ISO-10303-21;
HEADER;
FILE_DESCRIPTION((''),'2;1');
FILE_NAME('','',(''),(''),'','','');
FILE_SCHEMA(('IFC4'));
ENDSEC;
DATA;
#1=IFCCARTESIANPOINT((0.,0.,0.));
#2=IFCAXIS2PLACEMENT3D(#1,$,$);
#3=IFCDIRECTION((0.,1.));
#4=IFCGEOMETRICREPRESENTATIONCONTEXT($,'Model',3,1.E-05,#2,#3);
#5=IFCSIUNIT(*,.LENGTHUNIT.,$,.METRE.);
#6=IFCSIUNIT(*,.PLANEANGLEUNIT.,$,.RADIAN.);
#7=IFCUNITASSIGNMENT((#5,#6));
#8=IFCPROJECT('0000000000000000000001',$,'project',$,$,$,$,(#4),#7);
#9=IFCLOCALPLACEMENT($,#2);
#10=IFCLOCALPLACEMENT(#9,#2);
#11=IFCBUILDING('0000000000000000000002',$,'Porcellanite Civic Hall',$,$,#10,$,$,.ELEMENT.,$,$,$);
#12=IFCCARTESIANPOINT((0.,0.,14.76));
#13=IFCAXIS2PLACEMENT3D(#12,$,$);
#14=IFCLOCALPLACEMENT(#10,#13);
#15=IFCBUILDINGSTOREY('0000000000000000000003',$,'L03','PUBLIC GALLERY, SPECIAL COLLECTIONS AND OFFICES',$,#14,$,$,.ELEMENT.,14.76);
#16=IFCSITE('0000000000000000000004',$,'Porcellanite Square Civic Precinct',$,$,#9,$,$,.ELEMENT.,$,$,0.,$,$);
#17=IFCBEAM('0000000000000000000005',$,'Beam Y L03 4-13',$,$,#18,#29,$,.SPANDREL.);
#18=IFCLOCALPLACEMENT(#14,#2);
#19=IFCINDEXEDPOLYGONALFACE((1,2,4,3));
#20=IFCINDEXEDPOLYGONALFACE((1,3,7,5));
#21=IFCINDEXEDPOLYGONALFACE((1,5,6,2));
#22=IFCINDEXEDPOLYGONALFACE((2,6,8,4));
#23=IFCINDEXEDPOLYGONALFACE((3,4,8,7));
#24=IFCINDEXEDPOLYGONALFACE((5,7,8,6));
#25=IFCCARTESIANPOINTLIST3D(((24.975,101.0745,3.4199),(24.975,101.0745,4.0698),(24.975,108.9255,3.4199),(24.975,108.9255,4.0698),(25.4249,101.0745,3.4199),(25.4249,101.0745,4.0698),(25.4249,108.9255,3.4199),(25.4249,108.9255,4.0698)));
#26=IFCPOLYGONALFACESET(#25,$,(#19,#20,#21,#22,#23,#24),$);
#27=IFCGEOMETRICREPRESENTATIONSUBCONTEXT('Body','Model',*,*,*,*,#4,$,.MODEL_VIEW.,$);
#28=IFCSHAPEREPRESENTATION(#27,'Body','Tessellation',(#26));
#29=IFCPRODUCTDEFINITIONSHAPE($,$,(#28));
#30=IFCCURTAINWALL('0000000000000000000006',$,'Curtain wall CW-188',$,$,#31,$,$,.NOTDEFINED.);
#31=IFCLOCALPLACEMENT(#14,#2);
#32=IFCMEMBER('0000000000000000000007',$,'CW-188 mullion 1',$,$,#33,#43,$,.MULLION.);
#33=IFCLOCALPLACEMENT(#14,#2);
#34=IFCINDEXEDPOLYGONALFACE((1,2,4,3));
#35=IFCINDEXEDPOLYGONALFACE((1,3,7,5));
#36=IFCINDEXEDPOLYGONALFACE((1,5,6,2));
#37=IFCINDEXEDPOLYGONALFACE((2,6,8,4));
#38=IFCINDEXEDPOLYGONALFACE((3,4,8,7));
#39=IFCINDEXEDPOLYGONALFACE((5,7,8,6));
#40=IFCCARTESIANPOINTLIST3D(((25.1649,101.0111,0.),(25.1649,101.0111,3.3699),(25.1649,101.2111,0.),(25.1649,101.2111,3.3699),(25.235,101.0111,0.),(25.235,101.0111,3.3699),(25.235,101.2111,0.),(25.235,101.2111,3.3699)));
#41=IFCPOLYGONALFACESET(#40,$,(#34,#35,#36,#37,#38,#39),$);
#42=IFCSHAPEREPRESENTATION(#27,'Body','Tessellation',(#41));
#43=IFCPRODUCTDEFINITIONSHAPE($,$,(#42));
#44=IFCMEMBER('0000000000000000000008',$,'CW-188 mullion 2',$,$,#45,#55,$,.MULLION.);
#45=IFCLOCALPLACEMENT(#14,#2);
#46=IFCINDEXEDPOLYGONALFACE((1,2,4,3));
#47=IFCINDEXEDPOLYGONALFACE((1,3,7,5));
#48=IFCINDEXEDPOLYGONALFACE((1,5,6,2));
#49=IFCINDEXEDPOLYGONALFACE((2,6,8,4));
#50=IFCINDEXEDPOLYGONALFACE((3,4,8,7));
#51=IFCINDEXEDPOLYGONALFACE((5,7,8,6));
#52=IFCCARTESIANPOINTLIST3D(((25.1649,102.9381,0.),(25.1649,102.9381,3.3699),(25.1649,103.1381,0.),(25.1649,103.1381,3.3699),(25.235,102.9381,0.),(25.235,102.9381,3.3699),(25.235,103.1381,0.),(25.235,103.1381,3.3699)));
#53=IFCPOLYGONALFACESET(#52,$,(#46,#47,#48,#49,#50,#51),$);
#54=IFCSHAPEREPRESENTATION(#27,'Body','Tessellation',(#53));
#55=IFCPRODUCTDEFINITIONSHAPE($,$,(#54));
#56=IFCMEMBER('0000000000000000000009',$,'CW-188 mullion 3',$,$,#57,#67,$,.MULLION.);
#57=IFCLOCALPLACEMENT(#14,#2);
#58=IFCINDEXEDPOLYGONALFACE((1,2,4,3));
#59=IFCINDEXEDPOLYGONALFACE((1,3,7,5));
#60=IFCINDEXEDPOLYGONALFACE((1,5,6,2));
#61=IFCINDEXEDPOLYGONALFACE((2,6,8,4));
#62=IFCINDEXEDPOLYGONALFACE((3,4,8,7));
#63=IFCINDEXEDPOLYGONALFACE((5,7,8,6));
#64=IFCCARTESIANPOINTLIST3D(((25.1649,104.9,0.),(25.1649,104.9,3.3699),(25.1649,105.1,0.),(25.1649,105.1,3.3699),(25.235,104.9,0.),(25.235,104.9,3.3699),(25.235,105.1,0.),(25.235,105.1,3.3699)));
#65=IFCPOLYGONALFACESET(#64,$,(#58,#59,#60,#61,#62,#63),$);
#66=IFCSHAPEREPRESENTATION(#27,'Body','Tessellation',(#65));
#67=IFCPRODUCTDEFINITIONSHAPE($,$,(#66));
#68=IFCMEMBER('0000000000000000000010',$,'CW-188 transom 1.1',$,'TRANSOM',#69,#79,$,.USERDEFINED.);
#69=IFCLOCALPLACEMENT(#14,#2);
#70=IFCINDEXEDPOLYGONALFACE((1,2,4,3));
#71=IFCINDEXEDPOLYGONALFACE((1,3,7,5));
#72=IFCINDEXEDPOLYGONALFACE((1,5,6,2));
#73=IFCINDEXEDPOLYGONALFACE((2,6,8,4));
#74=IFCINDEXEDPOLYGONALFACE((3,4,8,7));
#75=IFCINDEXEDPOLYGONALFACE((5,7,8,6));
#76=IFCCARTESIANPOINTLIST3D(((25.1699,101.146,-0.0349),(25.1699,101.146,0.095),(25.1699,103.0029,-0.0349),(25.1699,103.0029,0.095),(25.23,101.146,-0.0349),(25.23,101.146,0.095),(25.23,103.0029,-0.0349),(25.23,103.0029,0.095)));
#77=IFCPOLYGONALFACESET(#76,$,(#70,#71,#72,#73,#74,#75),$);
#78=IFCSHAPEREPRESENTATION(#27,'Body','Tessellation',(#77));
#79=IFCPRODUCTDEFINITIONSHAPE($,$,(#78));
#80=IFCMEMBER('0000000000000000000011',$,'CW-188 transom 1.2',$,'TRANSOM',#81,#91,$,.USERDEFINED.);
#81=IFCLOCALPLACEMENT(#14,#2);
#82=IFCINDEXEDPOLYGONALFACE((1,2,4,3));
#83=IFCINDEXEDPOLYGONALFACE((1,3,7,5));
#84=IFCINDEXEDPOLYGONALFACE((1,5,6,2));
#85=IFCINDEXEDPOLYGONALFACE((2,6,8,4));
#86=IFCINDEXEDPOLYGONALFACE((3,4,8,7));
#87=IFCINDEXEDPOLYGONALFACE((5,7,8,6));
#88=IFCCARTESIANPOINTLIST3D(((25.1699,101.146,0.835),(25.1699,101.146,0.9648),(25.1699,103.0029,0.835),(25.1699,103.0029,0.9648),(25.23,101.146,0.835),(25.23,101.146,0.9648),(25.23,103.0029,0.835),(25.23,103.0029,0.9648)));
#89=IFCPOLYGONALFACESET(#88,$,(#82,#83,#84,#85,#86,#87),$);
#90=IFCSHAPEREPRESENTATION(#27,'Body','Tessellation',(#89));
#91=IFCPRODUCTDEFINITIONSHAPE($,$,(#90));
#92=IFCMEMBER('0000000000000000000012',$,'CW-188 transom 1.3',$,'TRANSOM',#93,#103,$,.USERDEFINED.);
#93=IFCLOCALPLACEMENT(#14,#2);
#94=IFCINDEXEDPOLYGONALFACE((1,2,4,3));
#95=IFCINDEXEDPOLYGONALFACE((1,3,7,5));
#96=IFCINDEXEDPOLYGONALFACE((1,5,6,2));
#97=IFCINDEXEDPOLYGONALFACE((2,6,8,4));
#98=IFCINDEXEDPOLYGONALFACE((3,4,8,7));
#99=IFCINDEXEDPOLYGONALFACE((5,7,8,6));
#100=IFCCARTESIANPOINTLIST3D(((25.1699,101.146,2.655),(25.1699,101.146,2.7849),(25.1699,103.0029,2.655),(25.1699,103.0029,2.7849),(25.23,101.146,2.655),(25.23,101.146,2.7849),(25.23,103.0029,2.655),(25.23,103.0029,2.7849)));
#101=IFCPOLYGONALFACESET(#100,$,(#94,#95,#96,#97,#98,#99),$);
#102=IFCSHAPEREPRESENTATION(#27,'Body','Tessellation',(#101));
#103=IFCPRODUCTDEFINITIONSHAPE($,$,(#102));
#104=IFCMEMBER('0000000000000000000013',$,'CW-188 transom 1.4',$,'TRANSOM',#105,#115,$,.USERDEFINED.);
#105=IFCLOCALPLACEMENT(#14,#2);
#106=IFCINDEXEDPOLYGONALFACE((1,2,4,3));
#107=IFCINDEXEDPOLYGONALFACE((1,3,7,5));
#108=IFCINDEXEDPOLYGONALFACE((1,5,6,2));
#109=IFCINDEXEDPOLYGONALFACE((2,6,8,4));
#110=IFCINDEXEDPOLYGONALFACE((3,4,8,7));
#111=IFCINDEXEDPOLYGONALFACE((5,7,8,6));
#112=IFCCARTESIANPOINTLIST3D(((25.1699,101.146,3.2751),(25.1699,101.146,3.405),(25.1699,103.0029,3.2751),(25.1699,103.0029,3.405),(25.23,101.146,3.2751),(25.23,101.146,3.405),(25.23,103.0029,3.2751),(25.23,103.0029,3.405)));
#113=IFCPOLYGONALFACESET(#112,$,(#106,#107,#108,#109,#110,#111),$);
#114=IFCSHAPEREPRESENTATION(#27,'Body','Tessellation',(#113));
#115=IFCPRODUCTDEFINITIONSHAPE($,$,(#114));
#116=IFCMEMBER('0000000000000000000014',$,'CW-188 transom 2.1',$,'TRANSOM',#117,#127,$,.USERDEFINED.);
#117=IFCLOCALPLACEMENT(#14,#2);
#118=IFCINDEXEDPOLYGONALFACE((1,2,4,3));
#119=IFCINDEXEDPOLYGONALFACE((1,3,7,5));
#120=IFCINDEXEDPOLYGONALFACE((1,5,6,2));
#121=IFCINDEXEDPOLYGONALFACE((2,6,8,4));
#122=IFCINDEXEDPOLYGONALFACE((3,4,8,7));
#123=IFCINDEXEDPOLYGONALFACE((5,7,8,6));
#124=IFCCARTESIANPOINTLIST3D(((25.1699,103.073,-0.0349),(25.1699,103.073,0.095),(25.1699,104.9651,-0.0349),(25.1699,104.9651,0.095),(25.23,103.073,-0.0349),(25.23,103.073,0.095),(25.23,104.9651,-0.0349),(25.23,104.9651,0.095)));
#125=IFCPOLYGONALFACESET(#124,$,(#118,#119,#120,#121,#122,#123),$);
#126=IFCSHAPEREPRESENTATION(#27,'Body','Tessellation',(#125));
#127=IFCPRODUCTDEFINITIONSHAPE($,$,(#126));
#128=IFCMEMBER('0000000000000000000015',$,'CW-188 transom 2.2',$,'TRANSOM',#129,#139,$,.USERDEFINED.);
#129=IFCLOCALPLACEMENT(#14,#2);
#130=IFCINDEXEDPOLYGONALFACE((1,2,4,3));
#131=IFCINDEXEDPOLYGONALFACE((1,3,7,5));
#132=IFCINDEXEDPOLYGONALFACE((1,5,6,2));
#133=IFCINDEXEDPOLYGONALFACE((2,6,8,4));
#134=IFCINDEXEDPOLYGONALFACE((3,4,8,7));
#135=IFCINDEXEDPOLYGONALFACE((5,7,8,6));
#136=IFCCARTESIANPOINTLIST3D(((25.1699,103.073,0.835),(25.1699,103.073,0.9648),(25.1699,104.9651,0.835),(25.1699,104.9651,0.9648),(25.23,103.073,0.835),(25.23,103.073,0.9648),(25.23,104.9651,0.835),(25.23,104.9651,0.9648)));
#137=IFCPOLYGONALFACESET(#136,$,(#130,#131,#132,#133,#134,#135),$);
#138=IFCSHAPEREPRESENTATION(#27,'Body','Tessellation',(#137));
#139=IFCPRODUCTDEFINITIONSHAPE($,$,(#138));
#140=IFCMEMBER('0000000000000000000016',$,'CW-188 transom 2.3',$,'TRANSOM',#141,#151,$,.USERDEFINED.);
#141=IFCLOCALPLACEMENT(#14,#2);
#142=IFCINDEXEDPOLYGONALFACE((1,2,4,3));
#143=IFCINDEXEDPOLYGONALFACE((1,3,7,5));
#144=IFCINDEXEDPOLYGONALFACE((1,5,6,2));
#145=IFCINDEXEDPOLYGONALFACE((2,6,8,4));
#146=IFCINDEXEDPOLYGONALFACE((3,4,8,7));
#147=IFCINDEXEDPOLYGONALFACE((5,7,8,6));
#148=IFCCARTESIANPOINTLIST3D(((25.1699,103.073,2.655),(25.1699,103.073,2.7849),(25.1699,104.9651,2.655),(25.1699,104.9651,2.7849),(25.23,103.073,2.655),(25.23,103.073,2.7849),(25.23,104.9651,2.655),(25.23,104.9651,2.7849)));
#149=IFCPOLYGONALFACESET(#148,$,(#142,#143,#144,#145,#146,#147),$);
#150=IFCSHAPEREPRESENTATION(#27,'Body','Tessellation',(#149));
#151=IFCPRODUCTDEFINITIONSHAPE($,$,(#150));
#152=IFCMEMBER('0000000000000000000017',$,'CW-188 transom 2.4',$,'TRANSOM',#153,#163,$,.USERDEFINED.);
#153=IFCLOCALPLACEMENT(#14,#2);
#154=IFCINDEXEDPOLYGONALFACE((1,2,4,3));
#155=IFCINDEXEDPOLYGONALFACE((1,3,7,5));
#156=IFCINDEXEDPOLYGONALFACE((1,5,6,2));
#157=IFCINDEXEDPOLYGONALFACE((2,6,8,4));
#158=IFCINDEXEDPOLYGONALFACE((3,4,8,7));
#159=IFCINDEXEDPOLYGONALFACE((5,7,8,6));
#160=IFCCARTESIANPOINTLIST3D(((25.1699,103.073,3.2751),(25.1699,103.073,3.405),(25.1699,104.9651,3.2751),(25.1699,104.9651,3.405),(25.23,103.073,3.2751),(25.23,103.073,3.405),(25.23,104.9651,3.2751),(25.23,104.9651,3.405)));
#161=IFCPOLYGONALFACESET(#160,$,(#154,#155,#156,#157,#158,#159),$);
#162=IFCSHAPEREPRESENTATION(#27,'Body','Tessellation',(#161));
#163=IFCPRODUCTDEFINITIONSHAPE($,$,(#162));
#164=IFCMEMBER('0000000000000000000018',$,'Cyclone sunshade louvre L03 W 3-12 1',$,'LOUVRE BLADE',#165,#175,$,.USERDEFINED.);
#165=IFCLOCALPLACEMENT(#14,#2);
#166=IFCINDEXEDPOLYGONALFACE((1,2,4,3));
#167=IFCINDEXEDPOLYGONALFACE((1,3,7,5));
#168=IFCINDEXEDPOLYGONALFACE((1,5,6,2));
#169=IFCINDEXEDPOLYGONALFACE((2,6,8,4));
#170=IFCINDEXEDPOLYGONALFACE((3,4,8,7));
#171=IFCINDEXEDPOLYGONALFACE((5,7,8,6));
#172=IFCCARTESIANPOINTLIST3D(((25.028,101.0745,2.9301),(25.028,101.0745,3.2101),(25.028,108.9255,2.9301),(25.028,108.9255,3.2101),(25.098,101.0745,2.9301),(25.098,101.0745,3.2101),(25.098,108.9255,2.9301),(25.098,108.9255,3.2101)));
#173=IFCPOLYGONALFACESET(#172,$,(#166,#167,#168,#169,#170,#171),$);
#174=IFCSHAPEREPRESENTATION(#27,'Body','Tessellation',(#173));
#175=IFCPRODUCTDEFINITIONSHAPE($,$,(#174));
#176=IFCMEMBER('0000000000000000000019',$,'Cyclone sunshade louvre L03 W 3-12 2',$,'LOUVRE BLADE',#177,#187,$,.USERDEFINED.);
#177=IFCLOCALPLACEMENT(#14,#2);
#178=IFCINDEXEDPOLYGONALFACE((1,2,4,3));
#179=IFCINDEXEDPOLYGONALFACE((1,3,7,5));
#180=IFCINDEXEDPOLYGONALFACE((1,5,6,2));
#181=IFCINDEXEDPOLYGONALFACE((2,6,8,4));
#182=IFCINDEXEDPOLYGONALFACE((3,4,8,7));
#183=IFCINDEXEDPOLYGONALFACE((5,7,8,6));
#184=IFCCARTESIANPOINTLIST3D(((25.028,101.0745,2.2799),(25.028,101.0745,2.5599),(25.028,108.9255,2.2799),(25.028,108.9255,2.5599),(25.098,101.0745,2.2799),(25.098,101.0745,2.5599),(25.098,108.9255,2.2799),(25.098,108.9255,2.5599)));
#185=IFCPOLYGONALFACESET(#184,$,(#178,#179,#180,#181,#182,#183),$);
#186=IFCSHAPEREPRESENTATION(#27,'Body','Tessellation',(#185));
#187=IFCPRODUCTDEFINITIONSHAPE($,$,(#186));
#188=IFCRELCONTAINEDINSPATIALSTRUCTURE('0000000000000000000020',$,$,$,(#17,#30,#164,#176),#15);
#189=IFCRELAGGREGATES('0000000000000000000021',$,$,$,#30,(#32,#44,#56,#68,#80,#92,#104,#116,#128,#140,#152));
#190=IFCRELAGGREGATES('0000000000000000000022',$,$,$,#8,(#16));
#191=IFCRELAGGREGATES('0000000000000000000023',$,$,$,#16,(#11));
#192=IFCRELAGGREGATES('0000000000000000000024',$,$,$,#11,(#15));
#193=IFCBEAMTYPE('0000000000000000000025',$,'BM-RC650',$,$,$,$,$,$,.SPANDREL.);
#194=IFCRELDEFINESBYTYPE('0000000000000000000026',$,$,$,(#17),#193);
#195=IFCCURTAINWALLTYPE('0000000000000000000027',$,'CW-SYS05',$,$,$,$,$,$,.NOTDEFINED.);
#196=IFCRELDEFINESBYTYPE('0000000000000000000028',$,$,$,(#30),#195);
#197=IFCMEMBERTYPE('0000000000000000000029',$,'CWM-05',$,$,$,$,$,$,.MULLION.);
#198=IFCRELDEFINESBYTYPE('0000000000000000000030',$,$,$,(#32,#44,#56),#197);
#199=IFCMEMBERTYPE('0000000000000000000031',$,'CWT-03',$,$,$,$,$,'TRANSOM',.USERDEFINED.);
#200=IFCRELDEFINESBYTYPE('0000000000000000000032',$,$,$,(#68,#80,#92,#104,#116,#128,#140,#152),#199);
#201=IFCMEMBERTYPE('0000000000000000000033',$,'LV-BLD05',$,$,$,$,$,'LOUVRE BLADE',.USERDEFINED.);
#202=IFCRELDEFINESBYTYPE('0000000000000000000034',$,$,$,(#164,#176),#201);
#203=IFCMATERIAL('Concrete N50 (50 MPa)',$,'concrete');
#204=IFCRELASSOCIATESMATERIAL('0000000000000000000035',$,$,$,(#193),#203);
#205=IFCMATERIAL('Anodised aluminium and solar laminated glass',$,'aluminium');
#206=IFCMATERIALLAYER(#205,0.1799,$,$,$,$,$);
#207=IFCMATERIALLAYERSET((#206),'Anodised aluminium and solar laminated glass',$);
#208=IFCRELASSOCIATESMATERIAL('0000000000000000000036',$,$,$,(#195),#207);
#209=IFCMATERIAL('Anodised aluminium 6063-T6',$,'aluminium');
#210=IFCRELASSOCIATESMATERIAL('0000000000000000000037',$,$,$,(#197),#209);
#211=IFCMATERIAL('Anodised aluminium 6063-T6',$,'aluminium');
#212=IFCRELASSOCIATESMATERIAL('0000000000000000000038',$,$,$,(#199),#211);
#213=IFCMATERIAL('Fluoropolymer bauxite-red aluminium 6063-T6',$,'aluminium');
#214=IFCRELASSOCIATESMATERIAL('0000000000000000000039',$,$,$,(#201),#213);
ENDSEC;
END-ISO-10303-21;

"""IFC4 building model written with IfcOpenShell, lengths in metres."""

from ifc_helpers import new_model, si_unit, direction, frame, origin, origin_2d, place, context, subcontext, project, spatial, rectangle, extrude, material, layer, layer_set, material_profile, profile_set, type_object, element, aggregate, save


model = new_model("IFC4")

# Units and contexts
model_context = context("Model", 3, precision=1e-05, world=origin(), true_north=direction((0.0, 1.0)))
body_context = subcontext(model_context, "Body", "Model", "MODEL_VIEW")
ifc_project = project(units=[si_unit("LENGTHUNIT", "METRE"), si_unit("PLANEANGLEUNIT", "RADIAN")], contexts=[model_context])

# Site, building, storey
site_placement = place(None, origin())
site = spatial("IfcSite", under=ifc_project, at=site_placement, Name="Porcellanite Square Civic Precinct", CompositionType="ELEMENT", RefElevation=0.0)
building_placement = place(site_placement, origin())
building = spatial("IfcBuilding", under=site, at=building_placement, Name="Porcellanite Civic Hall", CompositionType="ELEMENT")
storey_placement = place(building_placement, frame((0.0, 0.0, 14.76)))
storey = spatial("IfcBuildingStorey", under=building, at=storey_placement, Name="L03", Description="PUBLIC GALLERY, SPECIAL COLLECTIONS AND OFFICES", CompositionType="ELEMENT", Elevation=14.76)

# Beam
ifc_material_1 = material(Name="Concrete N50 (50 MPa)", Category="concrete")
ifc_material_profile_1 = material_profile(ifc_material_1, rectangle(XDim=0.45, YDim=0.6499, at=origin_2d()), Name="RC-450x650")
ifc_profile_set_1 = profile_set([ifc_material_profile_1], Name="Concrete N50 (50 MPa)")
beam_type = type_object("IfcBeamType", Name="BM-RC650", PredefinedType="SPANDREL", material=ifc_profile_set_1)
beam_placement = place(storey_placement, frame((25.2, 101.0745, 3.7449), z_axis=(0.0, 1.0, 0.0), x_axis=(-1.0, 0.0, 0.0)))
element("IfcBeam", 1, at=beam_placement, inside=storey, type_object=beam_type, Name="Beam Y L03 4-13", PredefinedType="SPANDREL", context=body_context, shape_type="SweptSolid", body=[
    extrude(rectangle(XDim=0.45, YDim=0.6499, at=origin_2d()), origin(), (0.0, 0.0, 1.0), 7.8511),
])

# Curtain wall, members
ifc_material_2 = material(Name="Anodised aluminium and solar laminated glass", Category="aluminium")
ifc_layer_1 = layer(ifc_material_2, 0.1799)
ifc_layer_set_1 = layer_set([ifc_layer_1], Name="Anodised aluminium and solar laminated glass")
curtain_wall_type = type_object("IfcCurtainWallType", Name="CW-SYS05", PredefinedType="NOTDEFINED", material=ifc_layer_set_1)
curtain_wall_placement = place(storey_placement, origin())
curtain_wall = element("IfcCurtainWall", 2, at=curtain_wall_placement, inside=storey, type_object=curtain_wall_type, Name="Curtain wall CW-188", PredefinedType="NOTDEFINED")
ifc_material_3 = material(Name="Anodised aluminium 6063-T6", Category="aluminium")
ifc_material_profile_2 = material_profile(ifc_material_3, rectangle(XDim=0.0701, YDim=0.2, at=origin_2d()), Name="AL-70x200")
ifc_profile_set_2 = profile_set([ifc_material_profile_2], Name="Anodised aluminium 6063-T6")
member_type_1 = type_object("IfcMemberType", Name="CWM-05", PredefinedType="MULLION", material=ifc_profile_set_2)
member_1_placement = place(storey_placement, frame((25.2, 101.1111, 0.0), z_axis=(0.0, 0.0, 1.0), x_axis=(-1.0, 0.0, 0.0)))
member_1 = element("IfcMember", 3, at=member_1_placement, type_object=member_type_1, Name="CW-188 mullion 1", PredefinedType="MULLION", context=body_context, shape_type="SweptSolid", body=[
    extrude(rectangle(XDim=0.0701, YDim=0.2, at=origin_2d()), origin(), (0.0, 0.0, 1.0), 3.3699),
])
member_2_placement = place(storey_placement, frame((25.2, 103.0381, 0.0), z_axis=(0.0, 0.0, 1.0), x_axis=(-1.0, 0.0, 0.0)))
member_2 = element("IfcMember", 4, at=member_2_placement, type_object=member_type_1, Name="CW-188 mullion 2", PredefinedType="MULLION", context=body_context, shape_type="SweptSolid", body=[
    extrude(rectangle(XDim=0.0701, YDim=0.2, at=origin_2d()), origin(), (0.0, 0.0, 1.0), 3.3699),
])
member_3_placement = place(storey_placement, frame((25.2, 105.0, 0.0), z_axis=(0.0, 0.0, 1.0), x_axis=(-1.0, 0.0, 0.0)))
member_3 = element("IfcMember", 5, at=member_3_placement, type_object=member_type_1, Name="CW-188 mullion 3", PredefinedType="MULLION", context=body_context, shape_type="SweptSolid", body=[
    extrude(rectangle(XDim=0.0701, YDim=0.2, at=origin_2d()), origin(), (0.0, 0.0, 1.0), 3.3699),
])
ifc_material_4 = material(Name="Anodised aluminium 6063-T6", Category="aluminium")
ifc_material_profile_3 = material_profile(ifc_material_4, rectangle(XDim=0.0601, YDim=0.1299, at=origin_2d()), Name="AL-60x130")
ifc_profile_set_3 = profile_set([ifc_material_profile_3], Name="Anodised aluminium 6063-T6")
member_type_2 = type_object("IfcMemberType", Name="CWT-03", ElementType="TRANSOM", PredefinedType="USERDEFINED", material=ifc_profile_set_3)
member_4_placement = place(storey_placement, frame((25.2, 101.146, 0.03), z_axis=(0.0, 1.0, 0.0), x_axis=(-1.0, 0.0, 0.0)))
member_4 = element("IfcMember", 6, at=member_4_placement, type_object=member_type_2, Name="CW-188 transom 1.1", ObjectType="TRANSOM", PredefinedType="USERDEFINED", context=body_context, shape_type="SweptSolid", body=[
    extrude(rectangle(XDim=0.0601, YDim=0.1299, at=origin_2d()), origin(), (0.0, 0.0, 1.0), 1.8569),
])
member_5_placement = place(storey_placement, frame((25.2, 101.146, 0.8999), z_axis=(0.0, 1.0, 0.0), x_axis=(-1.0, 0.0, 0.0)))
member_5 = element("IfcMember", 7, at=member_5_placement, type_object=member_type_2, Name="CW-188 transom 1.2", ObjectType="TRANSOM", PredefinedType="USERDEFINED", context=body_context, shape_type="SweptSolid", body=[
    extrude(rectangle(XDim=0.0601, YDim=0.1299, at=origin_2d()), origin(), (0.0, 0.0, 1.0), 1.8569),
])
member_6_placement = place(storey_placement, frame((25.2, 101.146, 2.72), z_axis=(0.0, 1.0, 0.0), x_axis=(-1.0, 0.0, 0.0)))
member_6 = element("IfcMember", 8, at=member_6_placement, type_object=member_type_2, Name="CW-188 transom 1.3", ObjectType="TRANSOM", PredefinedType="USERDEFINED", context=body_context, shape_type="SweptSolid", body=[
    extrude(rectangle(XDim=0.0601, YDim=0.1299, at=origin_2d()), origin(), (0.0, 0.0, 1.0), 1.8569),
])
member_7_placement = place(storey_placement, frame((25.2, 101.146, 3.3401), z_axis=(0.0, 1.0, 0.0), x_axis=(-1.0, 0.0, 0.0)))
member_7 = element("IfcMember", 9, at=member_7_placement, type_object=member_type_2, Name="CW-188 transom 1.4", ObjectType="TRANSOM", PredefinedType="USERDEFINED", context=body_context, shape_type="SweptSolid", body=[
    extrude(rectangle(XDim=0.0601, YDim=0.1299, at=origin_2d()), origin(), (0.0, 0.0, 1.0), 1.8569),
])
member_8_placement = place(storey_placement, frame((25.2, 103.073, 0.03), z_axis=(0.0, 1.0, 0.0), x_axis=(-1.0, 0.0, 0.0)))
member_8 = element("IfcMember", 10, at=member_8_placement, type_object=member_type_2, Name="CW-188 transom 2.1", ObjectType="TRANSOM", PredefinedType="USERDEFINED", context=body_context, shape_type="SweptSolid", body=[
    extrude(rectangle(XDim=0.0601, YDim=0.1299, at=origin_2d()), origin(), (0.0, 0.0, 1.0), 1.8921),
])
member_9_placement = place(storey_placement, frame((25.2, 103.073, 0.8999), z_axis=(0.0, 1.0, 0.0), x_axis=(-1.0, 0.0, 0.0)))
member_9 = element("IfcMember", 11, at=member_9_placement, type_object=member_type_2, Name="CW-188 transom 2.2", ObjectType="TRANSOM", PredefinedType="USERDEFINED", context=body_context, shape_type="SweptSolid", body=[
    extrude(rectangle(XDim=0.0601, YDim=0.1299, at=origin_2d()), origin(), (0.0, 0.0, 1.0), 1.8921),
])
member_10_placement = place(storey_placement, frame((25.2, 103.073, 2.72), z_axis=(0.0, 1.0, 0.0), x_axis=(-1.0, 0.0, 0.0)))
member_10 = element("IfcMember", 12, at=member_10_placement, type_object=member_type_2, Name="CW-188 transom 2.3", ObjectType="TRANSOM", PredefinedType="USERDEFINED", context=body_context, shape_type="SweptSolid", body=[
    extrude(rectangle(XDim=0.0601, YDim=0.1299, at=origin_2d()), origin(), (0.0, 0.0, 1.0), 1.8921),
])
member_11_placement = place(storey_placement, frame((25.2, 103.073, 3.3401), z_axis=(0.0, 1.0, 0.0), x_axis=(-1.0, 0.0, 0.0)))
member_11 = element("IfcMember", 13, at=member_11_placement, type_object=member_type_2, Name="CW-188 transom 2.4", ObjectType="TRANSOM", PredefinedType="USERDEFINED", context=body_context, shape_type="SweptSolid", body=[
    extrude(rectangle(XDim=0.0601, YDim=0.1299, at=origin_2d()), origin(), (0.0, 0.0, 1.0), 1.8921),
])

# Members
ifc_material_5 = material(Name="Fluoropolymer bauxite-red aluminium 6063-T6", Category="aluminium")
ifc_material_profile_4 = material_profile(ifc_material_5, rectangle(XDim=0.0701, YDim=0.28, at=origin_2d()), Name="AL-70x280")
ifc_profile_set_4 = profile_set([ifc_material_profile_4], Name="Fluoropolymer bauxite-red aluminium 6063-T6")
member_type_3 = type_object("IfcMemberType", Name="LV-BLD05", ElementType="LOUVRE BLADE", PredefinedType="USERDEFINED", material=ifc_profile_set_4)
for number, where, z_axis, x_axis, name in (
    (14, (25.063, 101.0745, 3.0701), (0.0, 1.0, 0.0), (-1.0, 0.0, 0.0), "Cyclone sunshade louvre L03 W 3-12 1"),
    (15, (25.063, 101.0745, 2.4199), (0.0, 1.0, 0.0), (-1.0, 0.0, 0.0), "Cyclone sunshade louvre L03 W 3-12 2"),
):
    element("IfcMember", number, at=place(storey_placement, frame(where, z_axis=z_axis, x_axis=x_axis)), inside=storey, type_object=member_type_3, Name=name, ObjectType="LOUVRE BLADE", PredefinedType="USERDEFINED", context=body_context, shape_type="SweptSolid", body=[
        extrude(rectangle(XDim=0.0701, YDim=0.28, at=origin_2d()), origin(), (0.0, 0.0, 1.0), 7.8511),
    ])

aggregate(curtain_wall, [member_1, member_2, member_3, member_4, member_5, member_6, member_7, member_8, member_9, member_10, member_11])

save(model, "model.ifc")
